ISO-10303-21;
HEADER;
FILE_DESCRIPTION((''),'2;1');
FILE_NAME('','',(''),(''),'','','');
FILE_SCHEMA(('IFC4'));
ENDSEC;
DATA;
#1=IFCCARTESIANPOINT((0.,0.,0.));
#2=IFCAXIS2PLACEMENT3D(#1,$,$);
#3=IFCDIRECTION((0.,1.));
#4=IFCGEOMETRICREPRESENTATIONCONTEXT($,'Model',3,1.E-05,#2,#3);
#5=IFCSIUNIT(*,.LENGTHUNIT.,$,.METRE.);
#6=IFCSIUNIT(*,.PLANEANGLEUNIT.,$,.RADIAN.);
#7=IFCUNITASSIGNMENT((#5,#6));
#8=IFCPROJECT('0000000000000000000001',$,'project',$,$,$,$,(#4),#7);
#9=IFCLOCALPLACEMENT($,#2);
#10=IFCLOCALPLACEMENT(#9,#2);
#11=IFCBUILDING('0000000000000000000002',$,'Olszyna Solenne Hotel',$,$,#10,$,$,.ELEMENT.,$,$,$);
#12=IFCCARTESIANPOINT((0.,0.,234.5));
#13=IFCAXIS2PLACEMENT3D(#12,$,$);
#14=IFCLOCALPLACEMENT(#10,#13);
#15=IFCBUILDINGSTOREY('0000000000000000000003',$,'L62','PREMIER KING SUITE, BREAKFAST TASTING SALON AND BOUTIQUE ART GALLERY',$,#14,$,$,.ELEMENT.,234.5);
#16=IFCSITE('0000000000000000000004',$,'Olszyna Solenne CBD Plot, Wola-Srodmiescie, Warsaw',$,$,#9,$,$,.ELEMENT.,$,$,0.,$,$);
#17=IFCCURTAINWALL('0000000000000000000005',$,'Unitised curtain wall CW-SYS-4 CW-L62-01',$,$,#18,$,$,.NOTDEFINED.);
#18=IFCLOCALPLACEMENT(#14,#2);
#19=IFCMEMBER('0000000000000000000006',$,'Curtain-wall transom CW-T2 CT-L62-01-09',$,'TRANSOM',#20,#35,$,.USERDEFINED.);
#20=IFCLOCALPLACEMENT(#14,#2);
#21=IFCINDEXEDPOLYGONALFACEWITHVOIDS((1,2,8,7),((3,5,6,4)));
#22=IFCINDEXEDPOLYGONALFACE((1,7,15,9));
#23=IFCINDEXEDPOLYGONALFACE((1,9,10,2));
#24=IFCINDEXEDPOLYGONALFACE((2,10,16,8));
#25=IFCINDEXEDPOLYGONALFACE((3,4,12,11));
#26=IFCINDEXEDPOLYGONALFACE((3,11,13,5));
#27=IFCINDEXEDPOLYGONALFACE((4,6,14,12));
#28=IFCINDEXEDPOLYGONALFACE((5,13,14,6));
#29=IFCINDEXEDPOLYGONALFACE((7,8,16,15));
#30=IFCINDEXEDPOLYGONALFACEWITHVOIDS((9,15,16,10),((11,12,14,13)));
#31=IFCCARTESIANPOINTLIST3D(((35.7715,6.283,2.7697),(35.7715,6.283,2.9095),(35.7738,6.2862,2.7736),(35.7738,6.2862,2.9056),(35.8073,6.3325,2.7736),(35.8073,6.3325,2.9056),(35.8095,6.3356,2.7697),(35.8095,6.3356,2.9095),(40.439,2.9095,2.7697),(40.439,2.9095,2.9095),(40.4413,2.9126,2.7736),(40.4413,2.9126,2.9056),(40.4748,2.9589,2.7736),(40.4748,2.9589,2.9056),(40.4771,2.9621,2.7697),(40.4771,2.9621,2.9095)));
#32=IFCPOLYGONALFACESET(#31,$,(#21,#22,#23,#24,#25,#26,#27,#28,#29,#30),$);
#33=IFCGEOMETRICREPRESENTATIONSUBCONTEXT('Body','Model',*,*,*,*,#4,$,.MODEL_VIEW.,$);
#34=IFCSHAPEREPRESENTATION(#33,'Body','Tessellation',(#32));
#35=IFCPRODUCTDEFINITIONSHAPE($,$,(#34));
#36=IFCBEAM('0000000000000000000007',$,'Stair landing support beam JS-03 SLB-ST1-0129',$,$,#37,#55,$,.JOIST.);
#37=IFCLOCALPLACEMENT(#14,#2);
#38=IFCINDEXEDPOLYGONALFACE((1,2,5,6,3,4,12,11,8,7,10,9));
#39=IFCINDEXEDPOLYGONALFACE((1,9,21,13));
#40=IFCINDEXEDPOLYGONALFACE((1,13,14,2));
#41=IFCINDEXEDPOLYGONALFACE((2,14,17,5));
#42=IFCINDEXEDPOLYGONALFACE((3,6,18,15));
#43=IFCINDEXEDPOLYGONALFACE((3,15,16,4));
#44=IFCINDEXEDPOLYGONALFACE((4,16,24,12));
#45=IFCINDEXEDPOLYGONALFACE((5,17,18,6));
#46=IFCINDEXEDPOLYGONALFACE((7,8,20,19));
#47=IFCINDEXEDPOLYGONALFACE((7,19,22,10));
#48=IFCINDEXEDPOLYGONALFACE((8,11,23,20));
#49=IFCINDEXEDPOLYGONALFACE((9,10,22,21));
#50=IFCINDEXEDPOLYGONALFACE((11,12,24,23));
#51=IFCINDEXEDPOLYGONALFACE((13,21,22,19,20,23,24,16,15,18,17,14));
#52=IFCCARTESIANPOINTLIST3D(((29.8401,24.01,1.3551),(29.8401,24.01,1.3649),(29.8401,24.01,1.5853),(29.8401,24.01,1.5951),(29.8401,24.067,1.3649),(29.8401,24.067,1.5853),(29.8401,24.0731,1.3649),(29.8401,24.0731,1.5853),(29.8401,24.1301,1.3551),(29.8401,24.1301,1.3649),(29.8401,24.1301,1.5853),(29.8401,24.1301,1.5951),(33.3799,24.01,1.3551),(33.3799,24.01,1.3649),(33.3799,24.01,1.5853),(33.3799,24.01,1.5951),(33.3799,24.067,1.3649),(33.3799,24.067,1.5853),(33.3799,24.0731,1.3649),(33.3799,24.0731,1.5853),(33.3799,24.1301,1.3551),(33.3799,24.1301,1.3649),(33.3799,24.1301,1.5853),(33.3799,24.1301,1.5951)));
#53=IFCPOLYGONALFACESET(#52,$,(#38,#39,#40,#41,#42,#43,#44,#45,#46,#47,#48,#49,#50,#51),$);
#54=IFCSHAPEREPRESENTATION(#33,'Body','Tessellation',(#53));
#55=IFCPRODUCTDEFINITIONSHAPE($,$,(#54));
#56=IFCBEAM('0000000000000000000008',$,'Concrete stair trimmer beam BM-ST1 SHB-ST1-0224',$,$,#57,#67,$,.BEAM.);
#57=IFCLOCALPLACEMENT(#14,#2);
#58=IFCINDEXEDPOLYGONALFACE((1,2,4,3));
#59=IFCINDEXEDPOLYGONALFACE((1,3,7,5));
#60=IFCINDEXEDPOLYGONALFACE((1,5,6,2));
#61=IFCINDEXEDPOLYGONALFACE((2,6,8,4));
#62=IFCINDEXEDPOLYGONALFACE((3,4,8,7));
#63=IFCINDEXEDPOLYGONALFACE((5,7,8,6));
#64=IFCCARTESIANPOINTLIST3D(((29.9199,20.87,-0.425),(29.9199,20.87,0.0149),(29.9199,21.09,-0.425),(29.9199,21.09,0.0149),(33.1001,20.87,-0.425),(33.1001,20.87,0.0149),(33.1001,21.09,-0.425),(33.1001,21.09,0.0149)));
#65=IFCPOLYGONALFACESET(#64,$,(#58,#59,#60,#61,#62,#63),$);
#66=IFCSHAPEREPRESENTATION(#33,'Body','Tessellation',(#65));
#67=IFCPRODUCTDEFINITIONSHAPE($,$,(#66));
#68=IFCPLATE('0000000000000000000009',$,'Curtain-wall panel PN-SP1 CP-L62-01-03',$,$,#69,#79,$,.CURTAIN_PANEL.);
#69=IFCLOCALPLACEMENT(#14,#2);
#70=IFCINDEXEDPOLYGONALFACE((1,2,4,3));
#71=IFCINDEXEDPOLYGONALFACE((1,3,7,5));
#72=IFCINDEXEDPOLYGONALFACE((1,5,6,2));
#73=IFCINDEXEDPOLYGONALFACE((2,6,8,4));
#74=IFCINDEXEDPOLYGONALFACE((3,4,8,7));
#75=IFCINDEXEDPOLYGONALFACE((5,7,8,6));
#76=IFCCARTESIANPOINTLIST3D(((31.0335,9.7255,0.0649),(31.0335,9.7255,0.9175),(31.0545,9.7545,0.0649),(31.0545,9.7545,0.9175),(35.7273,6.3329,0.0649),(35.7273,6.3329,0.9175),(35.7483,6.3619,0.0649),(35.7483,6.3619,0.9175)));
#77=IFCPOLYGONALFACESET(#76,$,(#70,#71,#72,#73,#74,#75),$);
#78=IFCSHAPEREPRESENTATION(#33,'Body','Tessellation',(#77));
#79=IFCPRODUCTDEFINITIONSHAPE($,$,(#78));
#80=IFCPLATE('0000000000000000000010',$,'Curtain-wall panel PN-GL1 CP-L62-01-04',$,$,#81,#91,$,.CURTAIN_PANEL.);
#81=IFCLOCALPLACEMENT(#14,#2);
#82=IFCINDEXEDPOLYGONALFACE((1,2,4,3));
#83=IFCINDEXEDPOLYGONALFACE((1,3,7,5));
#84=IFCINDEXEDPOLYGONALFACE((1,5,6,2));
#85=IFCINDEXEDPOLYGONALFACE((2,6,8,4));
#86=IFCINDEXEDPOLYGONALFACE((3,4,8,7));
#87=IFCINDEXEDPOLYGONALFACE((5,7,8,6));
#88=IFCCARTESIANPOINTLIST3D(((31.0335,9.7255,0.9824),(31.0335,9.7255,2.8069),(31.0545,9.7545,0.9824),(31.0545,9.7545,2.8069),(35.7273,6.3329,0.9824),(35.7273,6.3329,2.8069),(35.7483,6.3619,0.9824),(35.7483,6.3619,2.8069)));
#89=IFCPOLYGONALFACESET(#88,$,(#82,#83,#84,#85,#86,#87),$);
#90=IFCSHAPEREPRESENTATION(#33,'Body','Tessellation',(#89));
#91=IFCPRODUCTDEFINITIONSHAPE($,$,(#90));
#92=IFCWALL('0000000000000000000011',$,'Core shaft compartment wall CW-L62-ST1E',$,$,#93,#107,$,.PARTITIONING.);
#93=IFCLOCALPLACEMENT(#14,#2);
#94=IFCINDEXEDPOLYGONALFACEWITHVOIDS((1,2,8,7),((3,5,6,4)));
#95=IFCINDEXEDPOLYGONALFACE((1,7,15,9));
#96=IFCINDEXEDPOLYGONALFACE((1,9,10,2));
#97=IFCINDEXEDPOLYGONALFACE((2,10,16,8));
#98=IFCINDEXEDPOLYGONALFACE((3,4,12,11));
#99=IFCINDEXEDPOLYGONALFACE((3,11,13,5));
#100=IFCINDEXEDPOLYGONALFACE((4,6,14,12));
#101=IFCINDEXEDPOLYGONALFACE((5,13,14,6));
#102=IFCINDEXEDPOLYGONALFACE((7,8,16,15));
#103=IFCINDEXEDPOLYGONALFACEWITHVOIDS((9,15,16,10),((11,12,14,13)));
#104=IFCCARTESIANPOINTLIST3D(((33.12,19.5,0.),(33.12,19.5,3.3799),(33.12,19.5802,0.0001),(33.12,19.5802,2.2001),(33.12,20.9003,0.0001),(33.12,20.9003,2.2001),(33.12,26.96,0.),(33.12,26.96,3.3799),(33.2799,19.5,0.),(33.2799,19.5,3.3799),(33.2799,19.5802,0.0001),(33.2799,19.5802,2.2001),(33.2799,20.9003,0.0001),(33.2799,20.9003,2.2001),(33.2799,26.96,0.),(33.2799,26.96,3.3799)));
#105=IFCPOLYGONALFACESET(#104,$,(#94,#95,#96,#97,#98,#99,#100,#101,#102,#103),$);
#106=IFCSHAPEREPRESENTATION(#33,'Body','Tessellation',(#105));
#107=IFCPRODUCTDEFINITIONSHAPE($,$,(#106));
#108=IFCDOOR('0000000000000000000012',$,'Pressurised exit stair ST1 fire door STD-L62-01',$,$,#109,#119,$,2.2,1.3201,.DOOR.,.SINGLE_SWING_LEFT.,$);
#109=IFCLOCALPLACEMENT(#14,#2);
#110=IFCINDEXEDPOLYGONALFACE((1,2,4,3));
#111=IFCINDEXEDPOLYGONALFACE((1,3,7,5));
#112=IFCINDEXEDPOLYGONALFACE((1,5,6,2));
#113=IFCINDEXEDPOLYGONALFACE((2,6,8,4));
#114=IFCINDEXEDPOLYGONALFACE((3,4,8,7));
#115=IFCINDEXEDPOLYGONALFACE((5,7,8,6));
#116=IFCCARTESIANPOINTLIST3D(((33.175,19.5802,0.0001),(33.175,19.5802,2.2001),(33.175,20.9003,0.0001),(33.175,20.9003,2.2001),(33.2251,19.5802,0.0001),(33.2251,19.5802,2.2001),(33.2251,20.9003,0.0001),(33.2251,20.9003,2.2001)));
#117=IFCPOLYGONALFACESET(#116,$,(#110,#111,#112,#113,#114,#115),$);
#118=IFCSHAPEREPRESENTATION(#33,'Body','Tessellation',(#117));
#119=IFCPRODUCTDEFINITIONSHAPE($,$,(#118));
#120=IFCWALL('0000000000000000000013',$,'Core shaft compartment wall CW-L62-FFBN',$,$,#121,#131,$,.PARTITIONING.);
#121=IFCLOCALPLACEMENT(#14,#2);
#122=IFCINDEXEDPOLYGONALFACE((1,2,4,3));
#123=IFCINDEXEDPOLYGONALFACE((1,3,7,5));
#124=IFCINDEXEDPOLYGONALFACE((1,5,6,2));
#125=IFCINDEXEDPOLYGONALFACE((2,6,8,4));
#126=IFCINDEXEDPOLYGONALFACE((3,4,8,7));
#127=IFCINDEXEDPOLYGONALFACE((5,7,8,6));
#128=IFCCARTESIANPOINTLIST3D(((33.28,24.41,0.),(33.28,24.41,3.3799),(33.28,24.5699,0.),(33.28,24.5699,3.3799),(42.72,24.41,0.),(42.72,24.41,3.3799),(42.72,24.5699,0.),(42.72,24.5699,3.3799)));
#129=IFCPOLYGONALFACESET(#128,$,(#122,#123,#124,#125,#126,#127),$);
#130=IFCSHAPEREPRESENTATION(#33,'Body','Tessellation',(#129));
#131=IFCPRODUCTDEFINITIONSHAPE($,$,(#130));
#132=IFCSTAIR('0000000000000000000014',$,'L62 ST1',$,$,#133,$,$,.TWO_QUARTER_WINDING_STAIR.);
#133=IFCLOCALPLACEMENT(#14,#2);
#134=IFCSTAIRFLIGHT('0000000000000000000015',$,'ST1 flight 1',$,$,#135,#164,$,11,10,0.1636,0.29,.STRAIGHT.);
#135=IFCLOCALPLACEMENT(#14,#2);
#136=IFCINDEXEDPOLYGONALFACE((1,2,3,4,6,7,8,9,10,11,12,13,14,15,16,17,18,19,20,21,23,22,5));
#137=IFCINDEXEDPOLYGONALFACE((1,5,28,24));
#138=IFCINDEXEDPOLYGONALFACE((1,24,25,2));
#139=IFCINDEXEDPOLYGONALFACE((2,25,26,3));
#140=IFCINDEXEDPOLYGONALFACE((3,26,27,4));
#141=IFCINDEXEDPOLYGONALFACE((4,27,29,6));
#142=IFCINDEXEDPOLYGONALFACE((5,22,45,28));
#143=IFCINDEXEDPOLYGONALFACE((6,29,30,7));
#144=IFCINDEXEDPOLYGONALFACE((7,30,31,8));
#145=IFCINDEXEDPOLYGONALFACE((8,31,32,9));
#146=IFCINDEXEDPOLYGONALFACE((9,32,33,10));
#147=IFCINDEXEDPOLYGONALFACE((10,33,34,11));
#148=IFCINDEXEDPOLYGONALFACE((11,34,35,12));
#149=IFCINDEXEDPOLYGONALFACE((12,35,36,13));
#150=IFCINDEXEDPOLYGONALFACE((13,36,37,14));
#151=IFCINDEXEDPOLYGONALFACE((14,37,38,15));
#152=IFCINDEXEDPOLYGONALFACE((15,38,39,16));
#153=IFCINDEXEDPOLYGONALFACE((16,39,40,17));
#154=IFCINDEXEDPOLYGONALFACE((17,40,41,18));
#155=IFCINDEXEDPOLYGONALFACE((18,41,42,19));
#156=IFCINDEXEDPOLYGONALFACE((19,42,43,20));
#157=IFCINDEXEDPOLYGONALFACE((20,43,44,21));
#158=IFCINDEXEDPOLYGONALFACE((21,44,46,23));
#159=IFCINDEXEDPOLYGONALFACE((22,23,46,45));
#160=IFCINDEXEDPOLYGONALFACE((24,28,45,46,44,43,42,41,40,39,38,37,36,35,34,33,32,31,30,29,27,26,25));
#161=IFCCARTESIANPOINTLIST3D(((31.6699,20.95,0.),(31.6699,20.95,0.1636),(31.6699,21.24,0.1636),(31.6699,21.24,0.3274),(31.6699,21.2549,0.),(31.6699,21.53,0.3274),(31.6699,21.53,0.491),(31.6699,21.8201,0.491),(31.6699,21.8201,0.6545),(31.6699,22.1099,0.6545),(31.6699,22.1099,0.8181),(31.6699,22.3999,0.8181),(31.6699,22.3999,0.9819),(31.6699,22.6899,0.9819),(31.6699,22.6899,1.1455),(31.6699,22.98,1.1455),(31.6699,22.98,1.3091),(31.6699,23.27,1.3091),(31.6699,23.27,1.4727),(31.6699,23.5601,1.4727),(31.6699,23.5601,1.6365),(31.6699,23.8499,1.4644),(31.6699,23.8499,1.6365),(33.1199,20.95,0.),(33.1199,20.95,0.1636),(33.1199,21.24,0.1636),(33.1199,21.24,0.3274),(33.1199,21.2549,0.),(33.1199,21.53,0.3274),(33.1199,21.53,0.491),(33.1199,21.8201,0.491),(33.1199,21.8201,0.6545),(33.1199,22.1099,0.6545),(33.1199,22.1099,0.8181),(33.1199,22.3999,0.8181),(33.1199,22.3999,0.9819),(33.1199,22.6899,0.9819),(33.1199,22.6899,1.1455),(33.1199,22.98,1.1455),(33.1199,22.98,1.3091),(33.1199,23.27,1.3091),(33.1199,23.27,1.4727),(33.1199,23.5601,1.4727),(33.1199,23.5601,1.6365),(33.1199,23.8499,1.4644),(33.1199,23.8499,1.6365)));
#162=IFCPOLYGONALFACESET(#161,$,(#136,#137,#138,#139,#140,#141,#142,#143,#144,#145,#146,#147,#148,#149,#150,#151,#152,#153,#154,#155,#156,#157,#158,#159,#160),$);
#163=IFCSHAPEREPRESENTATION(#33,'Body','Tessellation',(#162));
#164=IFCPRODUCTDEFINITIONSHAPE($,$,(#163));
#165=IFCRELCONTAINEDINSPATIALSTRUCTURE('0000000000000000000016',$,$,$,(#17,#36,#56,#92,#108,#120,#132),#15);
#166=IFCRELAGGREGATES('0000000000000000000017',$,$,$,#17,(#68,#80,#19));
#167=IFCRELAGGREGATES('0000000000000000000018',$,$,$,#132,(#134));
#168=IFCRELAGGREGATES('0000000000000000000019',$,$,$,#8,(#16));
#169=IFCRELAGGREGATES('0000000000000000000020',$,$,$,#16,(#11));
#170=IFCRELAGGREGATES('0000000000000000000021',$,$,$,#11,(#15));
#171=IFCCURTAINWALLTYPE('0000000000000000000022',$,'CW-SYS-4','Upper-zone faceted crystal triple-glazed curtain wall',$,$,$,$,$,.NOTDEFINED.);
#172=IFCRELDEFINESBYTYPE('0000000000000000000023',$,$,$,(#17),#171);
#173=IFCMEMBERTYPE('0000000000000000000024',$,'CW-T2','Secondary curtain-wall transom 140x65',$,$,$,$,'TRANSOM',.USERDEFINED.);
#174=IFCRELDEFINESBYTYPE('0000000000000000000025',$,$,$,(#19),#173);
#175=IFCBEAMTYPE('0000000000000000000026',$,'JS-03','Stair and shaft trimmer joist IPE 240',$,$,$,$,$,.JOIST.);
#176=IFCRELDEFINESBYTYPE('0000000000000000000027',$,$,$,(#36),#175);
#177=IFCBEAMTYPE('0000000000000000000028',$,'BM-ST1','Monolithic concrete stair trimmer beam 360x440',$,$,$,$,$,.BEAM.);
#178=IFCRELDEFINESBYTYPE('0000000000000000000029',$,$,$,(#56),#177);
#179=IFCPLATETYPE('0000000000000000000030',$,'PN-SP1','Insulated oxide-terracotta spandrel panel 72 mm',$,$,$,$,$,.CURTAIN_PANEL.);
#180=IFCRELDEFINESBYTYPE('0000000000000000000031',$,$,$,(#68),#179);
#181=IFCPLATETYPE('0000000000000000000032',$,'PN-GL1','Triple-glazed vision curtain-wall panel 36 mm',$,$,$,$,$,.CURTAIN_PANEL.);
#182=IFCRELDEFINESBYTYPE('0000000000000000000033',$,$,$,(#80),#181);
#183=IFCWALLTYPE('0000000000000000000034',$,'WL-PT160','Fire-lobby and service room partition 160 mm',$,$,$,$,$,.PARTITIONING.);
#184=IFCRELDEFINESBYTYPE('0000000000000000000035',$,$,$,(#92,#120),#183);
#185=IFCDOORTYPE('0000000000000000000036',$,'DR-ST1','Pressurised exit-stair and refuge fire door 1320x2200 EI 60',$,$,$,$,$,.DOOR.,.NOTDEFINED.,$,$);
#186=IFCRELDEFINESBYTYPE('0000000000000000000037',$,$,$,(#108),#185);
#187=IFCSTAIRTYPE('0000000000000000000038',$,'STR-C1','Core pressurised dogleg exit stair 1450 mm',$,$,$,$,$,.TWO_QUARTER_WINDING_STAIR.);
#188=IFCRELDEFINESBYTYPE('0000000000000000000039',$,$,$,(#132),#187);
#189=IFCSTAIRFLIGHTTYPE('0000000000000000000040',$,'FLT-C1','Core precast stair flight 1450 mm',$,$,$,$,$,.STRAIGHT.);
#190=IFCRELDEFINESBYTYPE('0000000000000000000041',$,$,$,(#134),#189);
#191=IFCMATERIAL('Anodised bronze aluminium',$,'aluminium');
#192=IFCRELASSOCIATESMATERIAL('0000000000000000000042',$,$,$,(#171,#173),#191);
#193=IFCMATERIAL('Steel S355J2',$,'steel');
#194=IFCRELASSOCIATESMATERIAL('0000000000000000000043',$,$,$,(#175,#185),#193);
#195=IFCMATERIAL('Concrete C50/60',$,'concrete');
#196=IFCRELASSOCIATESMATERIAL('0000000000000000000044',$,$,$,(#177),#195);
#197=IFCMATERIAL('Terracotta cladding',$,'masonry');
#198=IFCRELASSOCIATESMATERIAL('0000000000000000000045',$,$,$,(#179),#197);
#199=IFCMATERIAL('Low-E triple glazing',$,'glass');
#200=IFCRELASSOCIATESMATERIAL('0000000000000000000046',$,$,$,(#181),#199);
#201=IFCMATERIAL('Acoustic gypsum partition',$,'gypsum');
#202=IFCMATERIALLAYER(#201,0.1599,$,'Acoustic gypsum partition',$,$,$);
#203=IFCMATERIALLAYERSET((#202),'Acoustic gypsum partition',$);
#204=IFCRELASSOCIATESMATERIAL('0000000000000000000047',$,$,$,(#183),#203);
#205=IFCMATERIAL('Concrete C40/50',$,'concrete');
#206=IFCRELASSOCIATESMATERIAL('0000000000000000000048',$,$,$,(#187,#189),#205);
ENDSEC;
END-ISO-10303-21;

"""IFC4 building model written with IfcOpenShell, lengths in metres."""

from ifc_helpers import new_model, si_unit, direction, frame, frame_2d, origin, origin_2d, place, context, subcontext, project, spatial, polyline, rectangle, hollow_rectangle, i_section, outline, extrude, source, transform, mapped, material, layer, layer_set, material_profile, profile_set, type_object, type_shapes, element, fill, aggregate, save


model = new_model("IFC4")

# Units and contexts
model_context = context("Model", 3, precision=1e-05, world=origin(), true_north=direction((0.0, 1.0)))
body_context = subcontext(model_context, "Body", "Model", "MODEL_VIEW")
ifc_project = project(units=[si_unit("LENGTHUNIT", "METRE"), si_unit("PLANEANGLEUNIT", "RADIAN")], contexts=[model_context])

# Site, building, storey
site_placement = place(None, origin())
site = spatial("IfcSite", under=ifc_project, at=site_placement, Name="Olszyna Solenne CBD Plot, Wola-Srodmiescie, Warsaw", CompositionType="ELEMENT", RefElevation=0.0)
building_placement = place(site_placement, origin())
building = spatial("IfcBuilding", under=site, at=building_placement, Name="Olszyna Solenne Hotel", CompositionType="ELEMENT")
storey_placement = place(building_placement, frame((0.0, 0.0, 234.5)))
storey = spatial("IfcBuildingStorey", under=building, at=storey_placement, Name="L62", Description="PREMIER KING SUITE, BREAKFAST TASTING SALON AND BOUTIQUE ART GALLERY", CompositionType="ELEMENT", Elevation=234.5)

# Shared definitions
ifc_material_1 = material(Name="Steel S355J2", Category="steel")

# Curtain wall, member
ifc_material_2 = material(Name="Anodised bronze aluminium", Category="aluminium")
curtain_wall_type = type_object("IfcCurtainWallType", Name="CW-SYS-4", Description="Upper-zone faceted crystal triple-glazed curtain wall", PredefinedType="NOTDEFINED", material=ifc_material_2)
curtain_wall_placement = place(storey_placement, origin())
curtain_wall = element("IfcCurtainWall", 1, at=curtain_wall_placement, inside=storey, type_object=curtain_wall_type, Name="Unitised curtain wall CW-SYS-4 CW-L62-01", PredefinedType="NOTDEFINED")
ifc_material_profile_1 = material_profile(ifc_material_2, hollow_rectangle(XDim=0.0649, YDim=0.1399, WallThickness=0.0039, at=origin_2d()), Name="TRAN 140x65x4", Category="load-bearing")
ifc_profile_set_1 = profile_set([ifc_material_profile_1], Name="Anodised bronze aluminium")
member_type_1 = type_object("IfcMemberType", Name="CW-T2", Description="Secondary curtain-wall transom 140x65", ElementType="TRANSOM", PredefinedType="USERDEFINED", material=ifc_profile_set_1)
shared_shape_1 = source(origin(), body_context, "Body", "SweptSolid", [
    extrude(hollow_rectangle(XDim=0.0649, YDim=0.1399, WallThickness=0.0039, at=origin_2d()), origin(), (0.0, 0.0, 1.0), 5.759),
])
member_1_placement = place(storey_placement, frame((35.7905, 6.3093, 2.8396), z_axis=(0.810467, -0.585785, 0.0), x_axis=(0.585785, 0.810467, 0.0)))
member_1 = element("IfcMember", 2, at=member_1_placement, type_object=member_type_1, Name="Curtain-wall transom CW-T2 CT-L62-01-09", ObjectType="TRANSOM", PredefinedType="USERDEFINED", context=body_context, shape_type="MappedRepresentation", body=[
    mapped(shared_shape_1, transform((0.0, 0.0, 0.0), x_axis=(1.0, 0.0, 0.0), y_axis=(0.0, 1.0, 0.0), z_axis=(0.0, 0.0, 1.0), scale=1.0)),
])

# Beams
ifc_material_profile_2 = material_profile(ifc_material_1, i_section(OverallWidth=0.1201, OverallDepth=0.24, WebThickness=0.0061, FlangeThickness=0.0098, at=origin_2d()), Name="IPE 240", Category="load-bearing")
ifc_profile_set_2 = profile_set([ifc_material_profile_2], Name="Steel S355J2")
beam_type_1 = type_object("IfcBeamType", Name="JS-03", Description="Stair and shaft trimmer joist IPE 240", PredefinedType="JOIST", material=ifc_profile_set_2)
shared_shape_2 = source(origin(), body_context, "Body", "SweptSolid", [
    extrude(i_section(OverallWidth=0.1201, OverallDepth=0.24, WebThickness=0.0061, FlangeThickness=0.0098, at=origin_2d()), origin(), (0.0, 0.0, 1.0), 3.5398),
])
beam_1_placement = place(storey_placement, frame((33.3799, 24.0701, 1.4751), z_axis=(-1.0, 0.0, 0.0), x_axis=(0.0, -1.0, 0.0)))
element("IfcBeam", 3, at=beam_1_placement, inside=storey, type_object=beam_type_1, Name="Stair landing support beam JS-03 SLB-ST1-0129", PredefinedType="JOIST", context=body_context, shape_type="MappedRepresentation", body=[
    mapped(shared_shape_2, transform((0.0, 0.0, 0.0), x_axis=(1.0, 0.0, 0.0), y_axis=(0.0, 1.0, 0.0), z_axis=(0.0, 0.0, 1.0), scale=1.0)),
])
ifc_material_3 = material(Name="Concrete C50/60", Category="concrete")
ifc_material_profile_3 = material_profile(ifc_material_3, rectangle(XDim=0.22, YDim=0.4399, at=origin_2d()), Name="RC 220x440", Category="load-bearing")
ifc_profile_set_3 = profile_set([ifc_material_profile_3], Name="Concrete C50/60")
beam_type_2 = type_object("IfcBeamType", Name="BM-ST1", Description="Monolithic concrete stair trimmer beam 360x440", PredefinedType="BEAM", material=ifc_profile_set_3)
shared_shape_3 = source(origin(), body_context, "Body", "SweptSolid", [
    extrude(rectangle(XDim=0.22, YDim=0.4399, at=origin_2d()), origin(), (0.0, 0.0, 1.0), 3.1802),
])
beam_2_placement = place(storey_placement, frame((33.1001, 20.98, -0.2051), z_axis=(-1.0, 0.0, 0.0), x_axis=(0.0, -1.0, 0.0)))
element("IfcBeam", 4, at=beam_2_placement, inside=storey, type_object=beam_type_2, Name="Concrete stair trimmer beam BM-ST1 SHB-ST1-0224", PredefinedType="BEAM", context=body_context, shape_type="MappedRepresentation", body=[
    mapped(shared_shape_3, transform((0.0, 0.0, 0.0), x_axis=(1.0, 0.0, 0.0), y_axis=(0.0, 1.0, 0.0), z_axis=(0.0, 0.0, 1.0), scale=1.0)),
])

# Plates
ifc_material_4 = material(Name="Terracotta cladding", Category="masonry")
plate_type_1 = type_object("IfcPlateType", Name="PN-SP1", Description="Insulated oxide-terracotta spandrel panel 72 mm", PredefinedType="CURTAIN_PANEL", material=ifc_material_4)
shared_shape_4 = source(origin(), body_context, "Body", "SweptSolid", [
    extrude(rectangle(XDim=5.7915, YDim=0.0359, at=origin_2d()), origin(), (0.0, 0.0, 1.0), 0.8525),
])
plate_1_placement = place(storey_placement, frame((33.3909, 8.0437, 0.0649), z_axis=(0.0, 0.0, 1.0), x_axis=(0.810463, -0.585789, 0.0)))
plate_1 = element("IfcPlate", 5, at=plate_1_placement, type_object=plate_type_1, Name="Curtain-wall panel PN-SP1 CP-L62-01-03", PredefinedType="CURTAIN_PANEL", context=body_context, shape_type="MappedRepresentation", body=[
    mapped(shared_shape_4, transform((0.0, 0.0, 0.0), x_axis=(1.0, 0.0, 0.0), y_axis=(0.0, 1.0, 0.0), z_axis=(0.0, 0.0, 1.0), scale=1.0)),
])
ifc_material_5 = material(Name="Low-E triple glazing", Category="glass")
plate_type_2 = type_object("IfcPlateType", Name="PN-GL1", Description="Triple-glazed vision curtain-wall panel 36 mm", PredefinedType="CURTAIN_PANEL", material=ifc_material_5)
shared_shape_5 = source(origin(), body_context, "Body", "SweptSolid", [
    extrude(rectangle(XDim=5.7915, YDim=0.0359, at=origin_2d()), origin(), (0.0, 0.0, 1.0), 1.8245),
])
plate_2_placement = place(storey_placement, frame((33.3909, 8.0437, 0.9824), z_axis=(0.0, 0.0, 1.0), x_axis=(0.810463, -0.585789, 0.0)))
plate_2 = element("IfcPlate", 6, at=plate_2_placement, type_object=plate_type_2, Name="Curtain-wall panel PN-GL1 CP-L62-01-04", PredefinedType="CURTAIN_PANEL", context=body_context, shape_type="MappedRepresentation", body=[
    mapped(shared_shape_5, transform((0.0, 0.0, 0.0), x_axis=(1.0, 0.0, 0.0), y_axis=(0.0, 1.0, 0.0), z_axis=(0.0, 0.0, 1.0), scale=1.0)),
])
aggregate(curtain_wall, [plate_1, plate_2, member_1])

# Wall, opening, door
ifc_material_6 = material(Name="Acoustic gypsum partition", Category="gypsum")
ifc_layer = layer(ifc_material_6, 0.1599, Name="Acoustic gypsum partition")
ifc_layer_set = layer_set([ifc_layer], Name="Acoustic gypsum partition")
wall_type = type_object("IfcWallType", Name="WL-PT160", Description="Fire-lobby and service room partition 160 mm", PredefinedType="PARTITIONING", material=ifc_layer_set)
wall_1_placement = place(storey_placement, frame((33.2, 19.5, 0.0), z_axis=(0.0, 0.0, 1.0), x_axis=(0.0, 1.0, 0.0)))
wall_1 = element("IfcWall", 7, at=wall_1_placement, inside=storey, type_object=wall_type, Name="Core shaft compartment wall CW-L62-ST1E", PredefinedType="PARTITIONING", context=body_context, shape_type="SweptSolid", body=[
    extrude(rectangle(XDim=7.46, YDim=0.1599, at=frame_2d((3.73, 0.0))), origin(), (0.0, 0.0, 1.0), 3.3799),
])
opening_placement = place(wall_1_placement, frame((0.0801, 0.0, 0.0)))
opening = element("IfcOpeningElement", 8, at=opening_placement, cuts=wall_1, PredefinedType="OPENING", context=body_context, shape_type="SweptSolid", body=[
    extrude(rectangle(XDim=1.3201, YDim=2.2, at=frame_2d((0.6602, 1.1001))), frame((0.0, 0.0898, 0.0), z_axis=(0.0, -1.0, 0.0), x_axis=(1.0, 0.0, 0.0)), (0.0, 0.0, 1.0), 0.1799),
])
door_type = type_object("IfcDoorType", Name="DR-ST1", Description="Pressurised exit-stair and refuge fire door 1320x2200 EI 60", OperationType="NOTDEFINED", PredefinedType="DOOR", material=ifc_material_1)
shared_shape_6 = source(origin(), body_context, "Body", "SweptSolid", [
    extrude(rectangle(XDim=1.3201, YDim=2.2, at=frame_2d((0.6602, 1.1001))), frame((0.0, 0.0249, 0.0), z_axis=(0.0, -1.0, 0.0), x_axis=(1.0, 0.0, 0.0)), (0.0, 0.0, 1.0), 0.05),
])
type_shapes(door_type, [shared_shape_6])
door_placement = place(opening_placement, origin())
door = element("IfcDoor", 9, at=door_placement, inside=storey, type_object=door_type, Name="Pressurised exit stair ST1 fire door STD-L62-01", OperationType="SINGLE_SWING_LEFT", OverallHeight=2.2, OverallWidth=1.3201, PredefinedType="DOOR", context=body_context, shape_type="MappedRepresentation", body=[
    mapped(shared_shape_6, transform((0.0, 0.0, 0.0), x_axis=(1.0, 0.0, 0.0), y_axis=(0.0, 1.0, 0.0), z_axis=(0.0, 0.0, 1.0), scale=1.0)),
])
fill(opening, door)

# Wall
wall_2_placement = place(storey_placement, frame((33.28, 24.49, 0.0), z_axis=(0.0, 0.0, 1.0), x_axis=(1.0, 0.0, 0.0)))
element("IfcWall", 10, at=wall_2_placement, inside=storey, type_object=wall_type, Name="Core shaft compartment wall CW-L62-FFBN", PredefinedType="PARTITIONING", context=body_context, shape_type="SweptSolid", body=[
    extrude(rectangle(XDim=9.4399, YDim=0.1599, at=frame_2d((4.72, 0.0))), origin(), (0.0, 0.0, 1.0), 3.3799),
])

# Stair, stair flight
ifc_material_7 = material(Name="Concrete C40/50", Category="concrete")
stair_type = type_object("IfcStairType", Name="STR-C1", Description="Core pressurised dogleg exit stair 1450 mm", PredefinedType="TWO_QUARTER_WINDING_STAIR", material=ifc_material_7)
stair_placement = place(storey_placement, origin())
stair = element("IfcStair", 11, at=stair_placement, inside=storey, type_object=stair_type, Name="L62 ST1", PredefinedType="TWO_QUARTER_WINDING_STAIR")
stair_flight_type = type_object("IfcStairFlightType", Name="FLT-C1", Description="Core precast stair flight 1450 mm", PredefinedType="STRAIGHT", material=ifc_material_7)
stair_flight_1_placement = place(storey_placement, frame((32.395, 20.95, 0.0), z_axis=(0.0, 0.0, 1.0), x_axis=(0.0, 1.0, 0.0)))
stair_flight_1 = element("IfcStairFlight", 12, at=stair_flight_1_placement, type_object=stair_flight_type, Name="ST1 flight 1", NumberOfRisers=11, NumberOfTreads=10, PredefinedType="STRAIGHT", RiserHeight=0.1636, TreadLength=0.29, context=body_context, shape_type="SweptSolid", body=[
    extrude(outline(polyline([(0.0, 0.0), (0.0, 0.1636), (0.29, 0.1636), (0.29, 0.3274), (0.5801, 0.3274), (0.5801, 0.491), (0.8701, 0.491), (0.8701, 0.6545), (1.1599, 0.6545), (1.1599, 0.8181), (1.45, 0.8181), (1.45, 0.9819), (1.74, 0.9819), (1.74, 1.1455), (2.03, 1.1455), (2.03, 1.3091), (2.3201, 1.3091), (2.3201, 1.4727), (2.6101, 1.4727), (2.6101, 1.6365), (2.8999, 1.6365), (2.8999, 1.8), (2.8999, 1.4644), (0.3049, 0.0), (0.0, 0.0)])), frame((0.0, 0.7251, 0.0), z_axis=(0.0, -1.0, 0.0), x_axis=(1.0, 0.0, 0.0)), (0.0, 0.0, 1.0), 1.45),
])
aggregate(stair, [stair_flight_1])

save(model, "model.ifc")
